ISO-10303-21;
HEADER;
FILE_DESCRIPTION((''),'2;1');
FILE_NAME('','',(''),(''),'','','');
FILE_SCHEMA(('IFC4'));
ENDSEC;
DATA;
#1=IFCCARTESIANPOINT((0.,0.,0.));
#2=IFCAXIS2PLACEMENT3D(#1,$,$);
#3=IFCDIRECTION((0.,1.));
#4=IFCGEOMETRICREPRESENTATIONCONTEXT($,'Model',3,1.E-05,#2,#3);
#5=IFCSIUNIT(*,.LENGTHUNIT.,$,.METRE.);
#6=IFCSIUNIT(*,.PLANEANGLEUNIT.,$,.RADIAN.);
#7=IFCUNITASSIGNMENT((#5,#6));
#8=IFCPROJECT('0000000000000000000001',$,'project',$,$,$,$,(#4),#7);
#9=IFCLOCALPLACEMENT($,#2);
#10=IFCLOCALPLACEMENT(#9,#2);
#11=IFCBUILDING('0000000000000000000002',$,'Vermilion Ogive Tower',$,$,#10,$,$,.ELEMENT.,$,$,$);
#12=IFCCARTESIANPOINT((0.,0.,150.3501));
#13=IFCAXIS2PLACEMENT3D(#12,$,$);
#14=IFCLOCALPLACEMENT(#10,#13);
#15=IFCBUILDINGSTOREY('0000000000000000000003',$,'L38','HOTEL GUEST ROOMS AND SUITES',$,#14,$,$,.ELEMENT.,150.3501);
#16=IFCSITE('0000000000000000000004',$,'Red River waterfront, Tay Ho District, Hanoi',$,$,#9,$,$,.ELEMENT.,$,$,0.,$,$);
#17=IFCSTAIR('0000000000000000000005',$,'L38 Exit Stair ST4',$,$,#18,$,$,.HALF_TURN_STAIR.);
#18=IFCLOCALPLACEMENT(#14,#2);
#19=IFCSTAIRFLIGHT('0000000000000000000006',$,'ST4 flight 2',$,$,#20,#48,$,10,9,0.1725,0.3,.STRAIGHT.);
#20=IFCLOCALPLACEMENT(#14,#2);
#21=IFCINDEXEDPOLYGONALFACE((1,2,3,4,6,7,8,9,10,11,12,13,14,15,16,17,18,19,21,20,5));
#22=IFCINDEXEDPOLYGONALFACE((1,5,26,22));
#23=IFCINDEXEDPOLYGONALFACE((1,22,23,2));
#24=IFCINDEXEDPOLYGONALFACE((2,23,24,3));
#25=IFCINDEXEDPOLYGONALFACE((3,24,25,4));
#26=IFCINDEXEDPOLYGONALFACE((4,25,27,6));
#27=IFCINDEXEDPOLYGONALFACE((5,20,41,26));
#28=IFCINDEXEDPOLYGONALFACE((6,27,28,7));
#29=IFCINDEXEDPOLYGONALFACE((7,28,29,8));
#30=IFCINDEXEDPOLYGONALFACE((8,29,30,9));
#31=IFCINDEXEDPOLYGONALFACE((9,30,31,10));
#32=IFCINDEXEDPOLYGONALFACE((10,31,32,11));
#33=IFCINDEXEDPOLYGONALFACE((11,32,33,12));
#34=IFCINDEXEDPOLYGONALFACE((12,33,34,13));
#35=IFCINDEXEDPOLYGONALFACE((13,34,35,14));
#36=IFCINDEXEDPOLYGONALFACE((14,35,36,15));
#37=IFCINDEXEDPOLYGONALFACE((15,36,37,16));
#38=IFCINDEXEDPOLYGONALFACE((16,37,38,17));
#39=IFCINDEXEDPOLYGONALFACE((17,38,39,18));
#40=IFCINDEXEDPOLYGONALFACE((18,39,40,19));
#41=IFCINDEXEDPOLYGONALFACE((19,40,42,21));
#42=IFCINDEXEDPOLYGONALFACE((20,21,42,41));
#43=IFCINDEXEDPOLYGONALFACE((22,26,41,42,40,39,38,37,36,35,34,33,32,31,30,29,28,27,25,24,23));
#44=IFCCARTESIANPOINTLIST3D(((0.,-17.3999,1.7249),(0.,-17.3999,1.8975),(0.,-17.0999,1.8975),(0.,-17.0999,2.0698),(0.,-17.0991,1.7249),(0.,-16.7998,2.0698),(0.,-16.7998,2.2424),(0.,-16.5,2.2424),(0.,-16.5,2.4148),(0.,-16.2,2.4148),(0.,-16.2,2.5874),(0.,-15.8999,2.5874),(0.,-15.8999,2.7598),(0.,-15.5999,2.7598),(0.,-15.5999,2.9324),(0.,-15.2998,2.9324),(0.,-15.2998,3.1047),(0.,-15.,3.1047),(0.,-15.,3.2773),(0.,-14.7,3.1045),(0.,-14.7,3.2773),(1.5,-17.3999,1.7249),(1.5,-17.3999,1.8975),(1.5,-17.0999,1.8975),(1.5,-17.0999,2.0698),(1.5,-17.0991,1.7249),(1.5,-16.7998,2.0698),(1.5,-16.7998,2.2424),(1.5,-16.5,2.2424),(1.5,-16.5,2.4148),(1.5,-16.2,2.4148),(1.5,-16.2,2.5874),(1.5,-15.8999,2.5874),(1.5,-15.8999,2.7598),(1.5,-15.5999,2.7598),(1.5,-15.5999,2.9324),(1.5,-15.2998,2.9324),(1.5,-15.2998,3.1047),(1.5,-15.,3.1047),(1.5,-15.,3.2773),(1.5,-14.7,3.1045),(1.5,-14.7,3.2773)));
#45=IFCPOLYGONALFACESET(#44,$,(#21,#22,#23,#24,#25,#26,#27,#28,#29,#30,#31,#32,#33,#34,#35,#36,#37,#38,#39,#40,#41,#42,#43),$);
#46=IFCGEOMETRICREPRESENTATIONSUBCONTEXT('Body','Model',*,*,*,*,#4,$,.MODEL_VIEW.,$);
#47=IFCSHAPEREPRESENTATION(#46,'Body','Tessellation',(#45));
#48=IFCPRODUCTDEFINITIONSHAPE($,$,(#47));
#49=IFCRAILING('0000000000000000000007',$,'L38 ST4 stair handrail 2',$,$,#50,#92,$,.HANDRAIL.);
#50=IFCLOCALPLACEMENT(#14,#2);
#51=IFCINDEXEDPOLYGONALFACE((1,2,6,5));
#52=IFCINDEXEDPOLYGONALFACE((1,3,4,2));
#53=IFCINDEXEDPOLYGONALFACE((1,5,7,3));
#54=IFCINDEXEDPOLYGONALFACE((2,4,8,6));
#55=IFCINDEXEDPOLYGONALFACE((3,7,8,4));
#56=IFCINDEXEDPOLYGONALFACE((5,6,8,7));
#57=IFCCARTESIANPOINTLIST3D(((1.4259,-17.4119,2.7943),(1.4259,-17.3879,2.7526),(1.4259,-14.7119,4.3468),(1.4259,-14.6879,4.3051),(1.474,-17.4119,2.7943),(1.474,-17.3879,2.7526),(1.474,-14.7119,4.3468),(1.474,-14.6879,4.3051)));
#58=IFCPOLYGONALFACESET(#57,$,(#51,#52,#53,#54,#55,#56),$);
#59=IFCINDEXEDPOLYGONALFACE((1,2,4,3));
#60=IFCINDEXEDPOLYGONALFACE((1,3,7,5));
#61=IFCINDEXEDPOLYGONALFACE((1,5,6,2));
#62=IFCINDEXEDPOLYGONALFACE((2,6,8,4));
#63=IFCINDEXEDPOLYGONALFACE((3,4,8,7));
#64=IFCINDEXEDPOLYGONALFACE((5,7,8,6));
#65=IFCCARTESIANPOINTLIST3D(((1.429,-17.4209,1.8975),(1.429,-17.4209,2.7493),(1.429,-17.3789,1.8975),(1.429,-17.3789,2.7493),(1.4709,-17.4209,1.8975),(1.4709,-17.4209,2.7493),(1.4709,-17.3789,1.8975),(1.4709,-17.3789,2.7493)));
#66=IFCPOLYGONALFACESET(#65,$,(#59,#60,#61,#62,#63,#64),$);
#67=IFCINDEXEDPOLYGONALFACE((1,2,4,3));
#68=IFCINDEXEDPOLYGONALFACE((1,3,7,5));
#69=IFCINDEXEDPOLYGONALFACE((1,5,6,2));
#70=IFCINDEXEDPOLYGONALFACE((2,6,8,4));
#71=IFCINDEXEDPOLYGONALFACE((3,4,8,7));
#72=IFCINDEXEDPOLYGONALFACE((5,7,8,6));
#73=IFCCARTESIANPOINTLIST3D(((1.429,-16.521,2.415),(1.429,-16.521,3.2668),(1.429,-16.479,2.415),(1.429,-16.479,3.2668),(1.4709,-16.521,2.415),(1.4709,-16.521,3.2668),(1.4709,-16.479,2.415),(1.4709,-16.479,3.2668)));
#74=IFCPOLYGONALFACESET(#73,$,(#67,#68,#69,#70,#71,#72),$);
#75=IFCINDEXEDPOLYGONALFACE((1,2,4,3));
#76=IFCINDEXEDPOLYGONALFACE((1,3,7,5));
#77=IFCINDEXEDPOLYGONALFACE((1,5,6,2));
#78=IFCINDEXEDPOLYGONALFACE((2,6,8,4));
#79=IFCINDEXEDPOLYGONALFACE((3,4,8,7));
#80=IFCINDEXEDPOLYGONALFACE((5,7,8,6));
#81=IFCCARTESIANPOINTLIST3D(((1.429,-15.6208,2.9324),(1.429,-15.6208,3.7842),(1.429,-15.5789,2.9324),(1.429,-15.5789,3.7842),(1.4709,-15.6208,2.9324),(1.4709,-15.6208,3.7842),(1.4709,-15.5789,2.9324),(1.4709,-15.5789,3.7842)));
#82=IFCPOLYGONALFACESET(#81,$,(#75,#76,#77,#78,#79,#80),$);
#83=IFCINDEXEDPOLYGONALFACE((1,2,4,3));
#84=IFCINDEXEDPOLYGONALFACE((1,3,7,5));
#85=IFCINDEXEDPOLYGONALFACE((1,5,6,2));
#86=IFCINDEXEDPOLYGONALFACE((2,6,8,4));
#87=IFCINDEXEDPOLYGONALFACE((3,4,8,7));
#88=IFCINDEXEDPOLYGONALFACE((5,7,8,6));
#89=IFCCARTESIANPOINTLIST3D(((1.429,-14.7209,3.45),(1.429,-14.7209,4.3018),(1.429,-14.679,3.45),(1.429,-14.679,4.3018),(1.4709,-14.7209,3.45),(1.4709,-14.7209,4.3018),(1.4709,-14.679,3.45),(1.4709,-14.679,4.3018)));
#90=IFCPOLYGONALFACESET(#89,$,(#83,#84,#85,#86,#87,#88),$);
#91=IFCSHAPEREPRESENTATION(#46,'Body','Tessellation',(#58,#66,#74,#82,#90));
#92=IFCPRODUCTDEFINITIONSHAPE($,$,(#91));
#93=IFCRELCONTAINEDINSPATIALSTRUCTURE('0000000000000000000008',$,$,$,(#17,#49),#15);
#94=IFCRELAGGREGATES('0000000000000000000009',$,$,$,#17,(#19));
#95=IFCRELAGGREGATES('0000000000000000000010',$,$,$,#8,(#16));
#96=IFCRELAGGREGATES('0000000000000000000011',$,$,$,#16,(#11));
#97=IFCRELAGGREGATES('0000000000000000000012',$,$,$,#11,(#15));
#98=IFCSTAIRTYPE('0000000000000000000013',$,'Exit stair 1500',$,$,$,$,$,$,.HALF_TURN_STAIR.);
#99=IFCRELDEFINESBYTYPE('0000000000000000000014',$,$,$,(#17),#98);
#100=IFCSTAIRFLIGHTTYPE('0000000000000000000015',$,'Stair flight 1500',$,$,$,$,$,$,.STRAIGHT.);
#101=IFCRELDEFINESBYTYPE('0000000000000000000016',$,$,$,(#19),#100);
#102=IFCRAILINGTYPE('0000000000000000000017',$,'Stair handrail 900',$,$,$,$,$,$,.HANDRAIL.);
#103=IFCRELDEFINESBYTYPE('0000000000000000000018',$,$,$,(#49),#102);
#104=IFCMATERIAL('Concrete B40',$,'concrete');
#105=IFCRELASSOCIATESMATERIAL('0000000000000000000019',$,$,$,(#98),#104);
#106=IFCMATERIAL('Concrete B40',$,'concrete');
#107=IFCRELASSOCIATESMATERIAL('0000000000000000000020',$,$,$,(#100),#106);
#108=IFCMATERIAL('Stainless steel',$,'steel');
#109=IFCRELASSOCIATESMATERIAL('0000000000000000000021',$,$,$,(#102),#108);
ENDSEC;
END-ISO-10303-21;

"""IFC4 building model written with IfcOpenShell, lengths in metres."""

from ifc_helpers import new_model, si_unit, direction, frame, origin, origin_2d, place, context, subcontext, project, spatial, polyline, rectangle, outline, extrude, material, type_object, element, aggregate, save


model = new_model("IFC4")

# Units and contexts
model_context = context("Model", 3, precision=1e-05, world=origin(), true_north=direction((0.0, 1.0)))
body_context = subcontext(model_context, "Body", "Model", "MODEL_VIEW")
ifc_project = project(units=[si_unit("LENGTHUNIT", "METRE"), si_unit("PLANEANGLEUNIT", "RADIAN")], contexts=[model_context])

# Site, building, storey
site_placement = place(None, origin())
site = spatial("IfcSite", under=ifc_project, at=site_placement, Name="Red River waterfront, Tay Ho District, Hanoi", CompositionType="ELEMENT", RefElevation=0.0)
building_placement = place(site_placement, origin())
building = spatial("IfcBuilding", under=site, at=building_placement, Name="Vermilion Ogive Tower", CompositionType="ELEMENT")
storey_placement = place(building_placement, frame((0.0, 0.0, 150.3501)))
storey = spatial("IfcBuildingStorey", under=building, at=storey_placement, Name="L38", Description="HOTEL GUEST ROOMS AND SUITES", CompositionType="ELEMENT", Elevation=150.3501)

# Stair, stair flight
ifc_material_1 = material(Name="Concrete B40", Category="concrete")
stair_type = type_object("IfcStairType", Name="Exit stair 1500", PredefinedType="HALF_TURN_STAIR", material=ifc_material_1)
stair_placement = place(storey_placement, origin())
stair = element("IfcStair", 1, at=stair_placement, inside=storey, type_object=stair_type, Name="L38 Exit Stair ST4", PredefinedType="HALF_TURN_STAIR")
ifc_material_2 = material(Name="Concrete B40", Category="concrete")
stair_flight_type = type_object("IfcStairFlightType", Name="Stair flight 1500", PredefinedType="STRAIGHT", material=ifc_material_2)
stair_flight_placement = place(storey_placement, frame((0.75, -17.3999, 1.7249), z_axis=(0.0, 0.0, 1.0), x_axis=(0.0, 1.0, 0.0)))
stair_flight = element("IfcStairFlight", 2, at=stair_flight_placement, type_object=stair_flight_type, Name="ST4 flight 2", NumberOfRisers=10, NumberOfTreads=9, PredefinedType="STRAIGHT", RiserHeight=0.1725, TreadLength=0.3, context=body_context, shape_type="SweptSolid", body=[
    extrude(outline(polyline([(0.0, 0.0), (0.0, 0.1726), (0.3, 0.1726), (0.3, 0.345), (0.6001, 0.345), (0.6001, 0.5176), (0.8999, 0.5176), (0.8999, 0.6899), (1.2, 0.6899), (1.2, 0.8625), (1.5, 0.8625), (1.5, 1.0349), (1.8, 1.0349), (1.8, 1.2075), (2.1001, 1.2075), (2.1001, 1.3799), (2.3999, 1.3799), (2.3999, 1.5525), (2.7, 1.5525), (2.7, 1.7251), (2.7, 1.3796), (0.3008, 0.0), (0.0, 0.0)])), frame((0.0, 0.75, 0.0), z_axis=(0.0, -1.0, 0.0), x_axis=(1.0, 0.0, 0.0)), (0.0, 0.0, 1.0), 1.5),
])
aggregate(stair, [stair_flight])

# Railing
ifc_material_3 = material(Name="Stainless steel", Category="steel")
railing_type = type_object("IfcRailingType", Name="Stair handrail 900", PredefinedType="HANDRAIL", material=ifc_material_3)
railing_placement = place(storey_placement, frame((1.45, -17.3999, 1.8975)))
element("IfcRailing", 3, at=railing_placement, inside=storey, type_object=railing_type, Name="L38 ST4 stair handrail 2", PredefinedType="HANDRAIL", context=body_context, shape_type="SweptSolid", body=[
    extrude(rectangle(XDim=0.0481, YDim=0.0481, at=origin_2d()), frame((0.0, 0.0, 0.876), z_axis=(0.0, 0.866904, 0.498476), x_axis=(-1.0, 0.0, 0.0)), (0.0, 0.0, 1.0), 3.1145),
    extrude(rectangle(XDim=0.042, YDim=0.042, at=origin_2d()), origin(), (0.0, 0.0, 1.0), 0.8518),
    extrude(rectangle(XDim=0.042, YDim=0.042, at=origin_2d()), frame((0.0, 0.8999, 0.5176)), (0.0, 0.0, 1.0), 0.8518),
    extrude(rectangle(XDim=0.042, YDim=0.042, at=origin_2d()), frame((0.0, 1.8, 1.0349)), (0.0, 0.0, 1.0), 0.8518),
    extrude(rectangle(XDim=0.042, YDim=0.042, at=origin_2d()), frame((0.0, 2.7, 1.5525)), (0.0, 0.0, 1.0), 0.8518),
])

save(model, "model.ifc")
